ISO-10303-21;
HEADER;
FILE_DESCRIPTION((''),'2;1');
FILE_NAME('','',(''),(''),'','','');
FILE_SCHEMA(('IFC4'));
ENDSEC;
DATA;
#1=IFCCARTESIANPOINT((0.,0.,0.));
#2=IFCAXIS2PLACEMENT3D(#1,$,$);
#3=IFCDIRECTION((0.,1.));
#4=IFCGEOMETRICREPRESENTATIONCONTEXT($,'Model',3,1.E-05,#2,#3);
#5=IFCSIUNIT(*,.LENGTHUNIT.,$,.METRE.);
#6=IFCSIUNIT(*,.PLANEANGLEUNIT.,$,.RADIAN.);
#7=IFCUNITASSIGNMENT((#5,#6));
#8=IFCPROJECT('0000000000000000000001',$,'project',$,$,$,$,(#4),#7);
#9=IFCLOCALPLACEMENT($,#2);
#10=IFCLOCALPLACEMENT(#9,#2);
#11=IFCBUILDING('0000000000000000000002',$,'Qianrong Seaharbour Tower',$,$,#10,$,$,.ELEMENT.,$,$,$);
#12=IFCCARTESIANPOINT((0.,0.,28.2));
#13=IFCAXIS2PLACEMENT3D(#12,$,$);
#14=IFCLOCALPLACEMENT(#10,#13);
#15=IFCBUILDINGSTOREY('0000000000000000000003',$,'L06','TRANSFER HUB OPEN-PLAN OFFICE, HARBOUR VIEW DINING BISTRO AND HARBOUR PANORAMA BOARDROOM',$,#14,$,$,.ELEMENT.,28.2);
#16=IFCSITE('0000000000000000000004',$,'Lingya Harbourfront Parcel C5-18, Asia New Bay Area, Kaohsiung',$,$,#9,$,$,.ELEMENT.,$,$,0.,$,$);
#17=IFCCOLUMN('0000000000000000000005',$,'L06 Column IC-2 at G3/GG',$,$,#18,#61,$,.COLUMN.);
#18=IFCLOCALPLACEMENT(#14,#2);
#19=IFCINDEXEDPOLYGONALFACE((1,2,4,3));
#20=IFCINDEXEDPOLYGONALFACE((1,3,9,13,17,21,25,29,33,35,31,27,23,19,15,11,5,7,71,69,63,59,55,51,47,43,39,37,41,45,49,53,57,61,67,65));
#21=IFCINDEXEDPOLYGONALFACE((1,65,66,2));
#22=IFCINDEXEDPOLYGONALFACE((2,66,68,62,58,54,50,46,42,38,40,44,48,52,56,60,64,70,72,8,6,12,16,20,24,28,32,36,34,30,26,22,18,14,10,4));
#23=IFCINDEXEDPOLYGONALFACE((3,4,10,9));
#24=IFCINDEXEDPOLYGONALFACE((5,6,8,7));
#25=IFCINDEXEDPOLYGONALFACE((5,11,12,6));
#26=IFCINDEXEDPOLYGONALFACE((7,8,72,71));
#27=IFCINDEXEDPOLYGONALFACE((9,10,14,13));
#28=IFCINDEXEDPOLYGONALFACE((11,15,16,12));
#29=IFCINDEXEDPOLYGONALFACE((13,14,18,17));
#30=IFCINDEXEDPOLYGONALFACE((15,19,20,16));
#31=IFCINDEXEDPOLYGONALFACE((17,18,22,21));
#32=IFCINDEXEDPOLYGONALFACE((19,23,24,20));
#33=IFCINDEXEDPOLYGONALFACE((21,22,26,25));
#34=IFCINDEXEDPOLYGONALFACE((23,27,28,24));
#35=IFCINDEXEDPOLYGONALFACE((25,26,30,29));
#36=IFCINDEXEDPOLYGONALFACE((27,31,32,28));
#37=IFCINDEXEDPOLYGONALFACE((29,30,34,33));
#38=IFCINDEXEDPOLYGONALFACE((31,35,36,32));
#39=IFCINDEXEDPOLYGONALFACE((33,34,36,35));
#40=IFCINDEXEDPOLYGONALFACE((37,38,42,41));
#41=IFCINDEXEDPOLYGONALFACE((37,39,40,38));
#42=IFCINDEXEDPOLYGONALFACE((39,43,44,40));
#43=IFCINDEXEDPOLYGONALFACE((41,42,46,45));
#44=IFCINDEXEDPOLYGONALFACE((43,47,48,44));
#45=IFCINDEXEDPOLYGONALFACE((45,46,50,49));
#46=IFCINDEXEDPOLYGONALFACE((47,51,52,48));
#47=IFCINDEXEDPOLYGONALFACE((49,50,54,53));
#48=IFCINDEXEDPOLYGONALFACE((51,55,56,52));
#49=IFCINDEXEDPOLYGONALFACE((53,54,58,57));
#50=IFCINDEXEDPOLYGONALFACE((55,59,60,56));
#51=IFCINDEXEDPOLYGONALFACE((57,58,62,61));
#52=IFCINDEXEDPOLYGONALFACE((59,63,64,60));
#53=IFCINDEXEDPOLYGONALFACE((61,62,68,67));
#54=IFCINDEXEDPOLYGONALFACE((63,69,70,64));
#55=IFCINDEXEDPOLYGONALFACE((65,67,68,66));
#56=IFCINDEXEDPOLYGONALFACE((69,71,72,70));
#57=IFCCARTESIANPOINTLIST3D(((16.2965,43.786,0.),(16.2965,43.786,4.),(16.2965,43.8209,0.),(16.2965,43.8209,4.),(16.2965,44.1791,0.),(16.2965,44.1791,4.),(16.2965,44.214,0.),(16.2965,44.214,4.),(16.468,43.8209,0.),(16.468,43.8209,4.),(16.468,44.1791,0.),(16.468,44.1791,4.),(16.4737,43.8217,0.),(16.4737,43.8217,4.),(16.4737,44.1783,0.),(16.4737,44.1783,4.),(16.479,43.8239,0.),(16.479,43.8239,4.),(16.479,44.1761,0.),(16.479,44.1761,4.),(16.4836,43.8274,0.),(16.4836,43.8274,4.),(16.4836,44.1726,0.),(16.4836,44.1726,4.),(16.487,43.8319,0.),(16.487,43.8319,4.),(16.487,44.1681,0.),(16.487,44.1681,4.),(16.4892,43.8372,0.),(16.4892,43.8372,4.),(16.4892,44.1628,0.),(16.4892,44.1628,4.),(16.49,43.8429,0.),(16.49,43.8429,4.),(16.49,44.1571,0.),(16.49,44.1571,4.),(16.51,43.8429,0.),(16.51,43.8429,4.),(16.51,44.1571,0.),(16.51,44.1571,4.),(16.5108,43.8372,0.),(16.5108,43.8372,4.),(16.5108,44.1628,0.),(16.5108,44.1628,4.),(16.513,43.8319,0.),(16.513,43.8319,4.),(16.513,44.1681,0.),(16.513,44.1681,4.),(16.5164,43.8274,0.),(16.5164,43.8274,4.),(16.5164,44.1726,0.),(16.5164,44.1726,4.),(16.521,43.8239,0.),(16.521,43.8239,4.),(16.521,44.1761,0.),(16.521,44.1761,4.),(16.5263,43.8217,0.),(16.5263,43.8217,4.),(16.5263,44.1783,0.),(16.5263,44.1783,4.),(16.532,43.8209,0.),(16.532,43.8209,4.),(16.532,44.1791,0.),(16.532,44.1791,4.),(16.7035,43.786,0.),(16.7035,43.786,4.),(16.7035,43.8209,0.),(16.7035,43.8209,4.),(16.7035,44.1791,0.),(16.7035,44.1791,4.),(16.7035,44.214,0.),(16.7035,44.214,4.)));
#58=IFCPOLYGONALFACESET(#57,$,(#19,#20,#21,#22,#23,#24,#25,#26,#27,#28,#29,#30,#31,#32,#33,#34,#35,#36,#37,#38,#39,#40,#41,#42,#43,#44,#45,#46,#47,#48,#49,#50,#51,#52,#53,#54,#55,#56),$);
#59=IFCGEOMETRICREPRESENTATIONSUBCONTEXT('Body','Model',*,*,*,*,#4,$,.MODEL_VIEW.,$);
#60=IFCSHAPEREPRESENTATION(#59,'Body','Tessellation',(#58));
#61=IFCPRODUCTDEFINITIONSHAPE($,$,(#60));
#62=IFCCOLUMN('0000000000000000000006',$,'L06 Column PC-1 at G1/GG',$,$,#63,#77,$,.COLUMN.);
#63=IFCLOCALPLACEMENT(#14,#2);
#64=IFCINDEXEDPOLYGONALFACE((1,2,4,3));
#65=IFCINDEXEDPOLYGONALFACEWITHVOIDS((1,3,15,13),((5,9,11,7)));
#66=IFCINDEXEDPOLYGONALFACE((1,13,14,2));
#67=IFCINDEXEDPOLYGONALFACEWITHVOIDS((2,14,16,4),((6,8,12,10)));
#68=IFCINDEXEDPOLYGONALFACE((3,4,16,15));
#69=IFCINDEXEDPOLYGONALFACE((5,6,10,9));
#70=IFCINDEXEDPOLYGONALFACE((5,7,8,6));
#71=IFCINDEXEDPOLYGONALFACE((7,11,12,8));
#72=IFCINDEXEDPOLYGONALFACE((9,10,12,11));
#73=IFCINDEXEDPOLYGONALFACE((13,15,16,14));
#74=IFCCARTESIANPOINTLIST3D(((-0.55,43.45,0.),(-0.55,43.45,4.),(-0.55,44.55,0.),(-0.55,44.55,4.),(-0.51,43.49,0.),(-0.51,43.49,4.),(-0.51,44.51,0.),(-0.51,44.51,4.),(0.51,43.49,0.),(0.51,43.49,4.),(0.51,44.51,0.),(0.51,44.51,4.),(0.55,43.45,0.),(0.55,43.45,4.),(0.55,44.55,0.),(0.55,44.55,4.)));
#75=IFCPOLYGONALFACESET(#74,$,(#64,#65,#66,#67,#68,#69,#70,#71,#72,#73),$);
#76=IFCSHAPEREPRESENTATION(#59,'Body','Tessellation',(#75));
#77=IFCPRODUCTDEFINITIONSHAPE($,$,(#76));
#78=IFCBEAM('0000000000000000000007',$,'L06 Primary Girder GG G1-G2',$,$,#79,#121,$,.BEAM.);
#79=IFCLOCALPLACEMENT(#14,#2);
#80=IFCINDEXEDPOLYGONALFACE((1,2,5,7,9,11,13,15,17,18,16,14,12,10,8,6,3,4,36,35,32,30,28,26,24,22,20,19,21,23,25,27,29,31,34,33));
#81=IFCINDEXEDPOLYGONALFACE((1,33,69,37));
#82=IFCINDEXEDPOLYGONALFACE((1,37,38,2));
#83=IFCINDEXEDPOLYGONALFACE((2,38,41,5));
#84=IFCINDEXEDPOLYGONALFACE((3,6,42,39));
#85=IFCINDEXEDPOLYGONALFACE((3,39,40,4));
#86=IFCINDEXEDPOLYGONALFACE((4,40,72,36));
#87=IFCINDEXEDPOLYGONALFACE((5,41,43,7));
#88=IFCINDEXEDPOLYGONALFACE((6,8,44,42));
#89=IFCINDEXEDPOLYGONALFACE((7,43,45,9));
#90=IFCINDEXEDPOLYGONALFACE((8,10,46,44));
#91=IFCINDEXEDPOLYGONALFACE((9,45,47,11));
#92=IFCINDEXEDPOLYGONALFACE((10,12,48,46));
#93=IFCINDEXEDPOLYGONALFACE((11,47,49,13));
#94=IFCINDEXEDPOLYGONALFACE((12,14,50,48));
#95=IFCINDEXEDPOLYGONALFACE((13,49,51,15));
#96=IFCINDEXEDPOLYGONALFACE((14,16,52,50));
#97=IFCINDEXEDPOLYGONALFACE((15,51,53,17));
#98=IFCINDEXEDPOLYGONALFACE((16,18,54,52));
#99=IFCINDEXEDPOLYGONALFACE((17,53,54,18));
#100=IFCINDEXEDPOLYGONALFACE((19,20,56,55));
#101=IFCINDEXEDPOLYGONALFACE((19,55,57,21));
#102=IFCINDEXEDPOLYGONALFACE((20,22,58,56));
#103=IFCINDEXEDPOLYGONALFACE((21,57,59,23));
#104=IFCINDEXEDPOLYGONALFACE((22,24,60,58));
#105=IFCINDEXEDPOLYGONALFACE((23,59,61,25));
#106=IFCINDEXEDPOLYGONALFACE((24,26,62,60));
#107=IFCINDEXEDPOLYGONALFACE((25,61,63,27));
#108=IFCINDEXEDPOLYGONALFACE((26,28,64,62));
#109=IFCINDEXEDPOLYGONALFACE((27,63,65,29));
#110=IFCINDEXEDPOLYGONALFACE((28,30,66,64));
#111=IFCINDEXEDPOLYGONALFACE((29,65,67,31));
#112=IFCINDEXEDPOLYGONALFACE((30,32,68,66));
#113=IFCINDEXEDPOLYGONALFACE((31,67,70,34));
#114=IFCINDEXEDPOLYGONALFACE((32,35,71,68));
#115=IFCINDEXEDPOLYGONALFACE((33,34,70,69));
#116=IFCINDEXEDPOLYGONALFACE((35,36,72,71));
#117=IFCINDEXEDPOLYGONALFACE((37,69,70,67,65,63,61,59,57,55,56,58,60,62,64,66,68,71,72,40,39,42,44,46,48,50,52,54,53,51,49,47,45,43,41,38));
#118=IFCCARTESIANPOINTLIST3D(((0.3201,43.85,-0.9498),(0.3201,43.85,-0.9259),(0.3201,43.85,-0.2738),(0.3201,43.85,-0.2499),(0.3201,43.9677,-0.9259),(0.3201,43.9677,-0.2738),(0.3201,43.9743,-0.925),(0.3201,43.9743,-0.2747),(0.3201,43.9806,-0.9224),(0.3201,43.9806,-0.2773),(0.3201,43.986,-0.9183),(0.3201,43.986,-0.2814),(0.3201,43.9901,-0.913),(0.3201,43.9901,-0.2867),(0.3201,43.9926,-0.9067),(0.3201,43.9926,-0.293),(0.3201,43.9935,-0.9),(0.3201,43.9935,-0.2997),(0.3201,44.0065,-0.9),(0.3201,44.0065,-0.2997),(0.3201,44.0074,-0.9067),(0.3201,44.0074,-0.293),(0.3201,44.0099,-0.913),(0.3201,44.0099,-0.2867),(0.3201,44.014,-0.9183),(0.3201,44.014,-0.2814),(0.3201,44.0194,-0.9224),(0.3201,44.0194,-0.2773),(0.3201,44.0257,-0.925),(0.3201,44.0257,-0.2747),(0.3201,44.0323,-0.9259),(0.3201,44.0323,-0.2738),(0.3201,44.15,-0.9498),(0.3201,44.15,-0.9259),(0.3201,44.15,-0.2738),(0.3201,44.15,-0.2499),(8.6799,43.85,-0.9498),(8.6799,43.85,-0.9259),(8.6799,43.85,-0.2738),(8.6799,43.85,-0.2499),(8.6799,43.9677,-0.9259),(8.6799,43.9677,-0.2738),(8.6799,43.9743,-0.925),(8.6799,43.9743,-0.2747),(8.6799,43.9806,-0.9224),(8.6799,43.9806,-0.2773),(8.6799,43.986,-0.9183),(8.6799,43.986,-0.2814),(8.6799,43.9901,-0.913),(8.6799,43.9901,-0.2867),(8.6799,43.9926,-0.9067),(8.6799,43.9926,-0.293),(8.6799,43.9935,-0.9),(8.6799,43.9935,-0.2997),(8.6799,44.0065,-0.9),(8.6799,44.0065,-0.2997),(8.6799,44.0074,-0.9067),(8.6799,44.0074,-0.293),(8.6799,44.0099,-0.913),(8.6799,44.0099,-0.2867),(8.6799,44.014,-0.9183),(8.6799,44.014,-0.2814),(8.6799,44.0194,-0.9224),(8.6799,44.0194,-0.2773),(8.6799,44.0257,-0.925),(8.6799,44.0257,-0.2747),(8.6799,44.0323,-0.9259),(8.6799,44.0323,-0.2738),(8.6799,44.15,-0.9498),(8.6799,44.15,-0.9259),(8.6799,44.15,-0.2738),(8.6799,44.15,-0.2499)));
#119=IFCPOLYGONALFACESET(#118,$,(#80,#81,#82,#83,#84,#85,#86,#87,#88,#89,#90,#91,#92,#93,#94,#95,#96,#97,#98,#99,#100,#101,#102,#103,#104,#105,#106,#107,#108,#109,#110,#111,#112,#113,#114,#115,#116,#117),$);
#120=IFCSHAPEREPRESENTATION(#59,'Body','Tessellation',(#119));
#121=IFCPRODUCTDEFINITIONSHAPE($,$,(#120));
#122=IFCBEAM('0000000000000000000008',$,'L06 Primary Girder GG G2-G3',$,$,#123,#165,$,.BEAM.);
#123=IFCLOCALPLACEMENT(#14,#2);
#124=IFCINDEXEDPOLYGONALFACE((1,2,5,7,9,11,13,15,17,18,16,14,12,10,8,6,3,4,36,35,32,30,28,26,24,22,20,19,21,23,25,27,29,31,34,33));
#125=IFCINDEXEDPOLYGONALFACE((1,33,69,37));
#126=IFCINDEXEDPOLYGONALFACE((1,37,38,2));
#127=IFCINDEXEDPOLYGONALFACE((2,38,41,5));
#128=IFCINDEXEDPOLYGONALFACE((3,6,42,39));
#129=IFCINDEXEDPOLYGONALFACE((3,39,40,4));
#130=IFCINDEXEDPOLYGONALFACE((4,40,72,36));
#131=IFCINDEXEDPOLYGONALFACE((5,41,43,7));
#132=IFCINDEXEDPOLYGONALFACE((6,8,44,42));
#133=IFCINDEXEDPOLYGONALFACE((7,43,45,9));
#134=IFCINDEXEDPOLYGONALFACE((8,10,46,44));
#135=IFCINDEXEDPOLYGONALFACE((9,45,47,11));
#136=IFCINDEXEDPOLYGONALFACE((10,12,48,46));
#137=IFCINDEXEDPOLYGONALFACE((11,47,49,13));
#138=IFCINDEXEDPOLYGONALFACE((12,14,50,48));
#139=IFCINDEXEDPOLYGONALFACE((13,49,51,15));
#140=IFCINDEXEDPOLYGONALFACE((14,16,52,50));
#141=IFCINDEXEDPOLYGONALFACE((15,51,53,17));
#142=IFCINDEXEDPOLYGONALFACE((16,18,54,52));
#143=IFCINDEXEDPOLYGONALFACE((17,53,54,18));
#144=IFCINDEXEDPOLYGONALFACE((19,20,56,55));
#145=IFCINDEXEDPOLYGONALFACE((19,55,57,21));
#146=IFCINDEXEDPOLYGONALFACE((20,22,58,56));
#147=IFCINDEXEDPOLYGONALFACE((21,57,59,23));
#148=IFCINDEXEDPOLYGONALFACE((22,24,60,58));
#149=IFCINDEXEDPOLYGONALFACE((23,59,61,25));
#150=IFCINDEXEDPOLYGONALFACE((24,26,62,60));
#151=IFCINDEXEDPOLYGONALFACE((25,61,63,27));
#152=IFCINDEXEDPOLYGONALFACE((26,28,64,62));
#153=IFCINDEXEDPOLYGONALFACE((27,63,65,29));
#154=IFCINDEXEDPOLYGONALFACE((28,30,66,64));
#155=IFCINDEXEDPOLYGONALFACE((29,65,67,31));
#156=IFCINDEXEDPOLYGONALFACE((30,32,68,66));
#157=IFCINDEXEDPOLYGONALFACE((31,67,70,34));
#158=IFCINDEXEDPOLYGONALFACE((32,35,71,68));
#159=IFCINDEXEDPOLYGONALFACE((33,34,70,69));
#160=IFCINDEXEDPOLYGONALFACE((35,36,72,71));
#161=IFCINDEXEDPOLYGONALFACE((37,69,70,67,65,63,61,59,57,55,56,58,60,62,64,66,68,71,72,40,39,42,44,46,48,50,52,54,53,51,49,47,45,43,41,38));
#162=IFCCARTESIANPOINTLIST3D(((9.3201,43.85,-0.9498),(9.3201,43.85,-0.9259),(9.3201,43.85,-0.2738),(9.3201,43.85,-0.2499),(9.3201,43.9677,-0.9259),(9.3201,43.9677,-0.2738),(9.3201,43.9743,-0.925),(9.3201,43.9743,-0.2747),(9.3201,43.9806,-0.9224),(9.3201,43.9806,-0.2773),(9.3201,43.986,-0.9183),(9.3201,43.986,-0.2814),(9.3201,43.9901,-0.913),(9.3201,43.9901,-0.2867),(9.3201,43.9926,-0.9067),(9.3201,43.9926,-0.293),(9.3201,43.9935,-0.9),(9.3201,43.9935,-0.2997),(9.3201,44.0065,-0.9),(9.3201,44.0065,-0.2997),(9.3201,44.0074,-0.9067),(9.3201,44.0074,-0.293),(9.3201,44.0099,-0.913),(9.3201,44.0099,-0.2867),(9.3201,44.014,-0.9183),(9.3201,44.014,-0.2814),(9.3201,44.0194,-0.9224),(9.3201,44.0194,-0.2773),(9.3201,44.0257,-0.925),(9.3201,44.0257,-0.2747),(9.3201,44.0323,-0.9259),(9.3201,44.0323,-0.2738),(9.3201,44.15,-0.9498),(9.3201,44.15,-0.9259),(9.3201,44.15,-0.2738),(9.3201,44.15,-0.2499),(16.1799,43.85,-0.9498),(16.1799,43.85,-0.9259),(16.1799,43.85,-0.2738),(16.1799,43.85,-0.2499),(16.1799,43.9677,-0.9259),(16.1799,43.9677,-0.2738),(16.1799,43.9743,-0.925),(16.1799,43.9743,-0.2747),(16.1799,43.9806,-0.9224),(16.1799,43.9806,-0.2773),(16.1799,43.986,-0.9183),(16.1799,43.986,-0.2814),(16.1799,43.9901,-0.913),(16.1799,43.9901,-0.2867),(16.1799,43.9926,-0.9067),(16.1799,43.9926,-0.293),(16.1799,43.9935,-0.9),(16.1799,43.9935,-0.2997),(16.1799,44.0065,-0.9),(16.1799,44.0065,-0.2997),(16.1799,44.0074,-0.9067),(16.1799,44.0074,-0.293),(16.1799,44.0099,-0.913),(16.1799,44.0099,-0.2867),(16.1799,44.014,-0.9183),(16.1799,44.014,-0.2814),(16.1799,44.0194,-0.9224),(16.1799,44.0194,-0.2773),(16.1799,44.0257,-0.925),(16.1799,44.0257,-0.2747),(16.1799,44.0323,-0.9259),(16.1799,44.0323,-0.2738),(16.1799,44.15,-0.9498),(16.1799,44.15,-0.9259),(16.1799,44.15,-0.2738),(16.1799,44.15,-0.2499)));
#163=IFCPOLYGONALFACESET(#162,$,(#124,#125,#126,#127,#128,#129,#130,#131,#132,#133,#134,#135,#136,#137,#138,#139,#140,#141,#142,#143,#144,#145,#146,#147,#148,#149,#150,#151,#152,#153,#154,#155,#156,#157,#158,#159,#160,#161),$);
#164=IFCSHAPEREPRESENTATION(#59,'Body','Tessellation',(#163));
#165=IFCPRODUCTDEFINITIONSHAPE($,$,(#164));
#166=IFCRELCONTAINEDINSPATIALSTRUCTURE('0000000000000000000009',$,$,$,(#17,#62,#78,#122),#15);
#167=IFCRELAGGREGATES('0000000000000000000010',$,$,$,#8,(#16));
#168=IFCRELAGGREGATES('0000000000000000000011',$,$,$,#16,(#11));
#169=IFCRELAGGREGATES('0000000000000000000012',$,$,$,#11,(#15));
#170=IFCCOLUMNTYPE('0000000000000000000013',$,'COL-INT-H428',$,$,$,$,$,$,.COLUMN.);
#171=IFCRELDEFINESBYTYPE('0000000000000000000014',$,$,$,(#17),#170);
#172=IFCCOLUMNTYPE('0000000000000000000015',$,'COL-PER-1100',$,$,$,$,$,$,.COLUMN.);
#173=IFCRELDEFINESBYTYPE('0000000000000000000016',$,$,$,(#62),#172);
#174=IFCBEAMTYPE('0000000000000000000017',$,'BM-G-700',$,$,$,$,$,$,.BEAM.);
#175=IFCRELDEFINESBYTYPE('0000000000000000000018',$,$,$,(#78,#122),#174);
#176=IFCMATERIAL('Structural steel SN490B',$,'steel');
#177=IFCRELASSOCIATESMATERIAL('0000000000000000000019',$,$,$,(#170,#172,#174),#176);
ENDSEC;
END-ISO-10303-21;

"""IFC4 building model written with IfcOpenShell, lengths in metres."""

from ifc_helpers import new_model, si_unit, direction, frame, origin, origin_2d, place, context, subcontext, project, spatial, hollow_rectangle, i_section, extrude, material, material_profile, profile_set, type_object, element, save


model = new_model("IFC4")

# Units and contexts
model_context = context("Model", 3, precision=1e-05, world=origin(), true_north=direction((0.0, 1.0)))
body_context = subcontext(model_context, "Body", "Model", "MODEL_VIEW")
ifc_project = project(units=[si_unit("LENGTHUNIT", "METRE"), si_unit("PLANEANGLEUNIT", "RADIAN")], contexts=[model_context])

# Site, building, storey
site_placement = place(None, origin())
site = spatial("IfcSite", under=ifc_project, at=site_placement, Name="Lingya Harbourfront Parcel C5-18, Asia New Bay Area, Kaohsiung", CompositionType="ELEMENT", RefElevation=0.0)
building_placement = place(site_placement, origin())
building = spatial("IfcBuilding", under=site, at=building_placement, Name="Qianrong Seaharbour Tower", CompositionType="ELEMENT")
storey_placement = place(building_placement, frame((0.0, 0.0, 28.2)))
storey = spatial("IfcBuildingStorey", under=building, at=storey_placement, Name="L06", Description="TRANSFER HUB OPEN-PLAN OFFICE, HARBOUR VIEW DINING BISTRO AND HARBOUR PANORAMA BOARDROOM", CompositionType="ELEMENT", Elevation=28.2)

# Columns
ifc_material_1 = material(Name="Structural steel SN490B", Category="steel")
ifc_material_profile_1 = material_profile(ifc_material_1, i_section(OverallWidth=0.407, OverallDepth=0.428, WebThickness=0.02, FlangeThickness=0.0349, FilletRadius=0.022, at=origin_2d()), Name="H428x407x20x35")
ifc_profile_set_1 = profile_set([ifc_material_profile_1], Name="Structural steel SN490B")
column_type_1 = type_object("IfcColumnType", Name="COL-INT-H428", PredefinedType="COLUMN", material=ifc_profile_set_1)
for number, where, z_axis, x_axis, name in (
    (1, (16.5, 44.0, 0.0), (0.0, 0.0, 1.0), (1.0, 0.0, 0.0), "L06 Column IC-2 at G3/GG"),
):
    element("IfcColumn", number, at=place(storey_placement, frame(where, z_axis=z_axis, x_axis=x_axis)), inside=storey, type_object=column_type_1, Name=name, PredefinedType="COLUMN", context=body_context, shape_type="SweptSolid", body=[
        extrude(i_section(OverallWidth=0.407, OverallDepth=0.428, WebThickness=0.02, FlangeThickness=0.0349, FilletRadius=0.022, at=origin_2d()), origin(), (0.0, 0.0, 1.0), 4.0),
    ])
ifc_material_profile_2 = material_profile(ifc_material_1, hollow_rectangle(XDim=1.1001, YDim=1.1001, WallThickness=0.04, at=origin_2d()), Name="BOX1100x1100x40")
ifc_profile_set_2 = profile_set([ifc_material_profile_2], Name="Structural steel SN490B")
column_type_2 = type_object("IfcColumnType", Name="COL-PER-1100", PredefinedType="COLUMN", material=ifc_profile_set_2)
column_1_placement = place(storey_placement, frame((0.0, 44.0, 0.0), z_axis=(0.0, 0.0, 1.0), x_axis=(1.0, 0.0, 0.0)))
element("IfcColumn", 2, at=column_1_placement, inside=storey, type_object=column_type_2, Name="L06 Column PC-1 at G1/GG", PredefinedType="COLUMN", context=body_context, shape_type="SweptSolid", body=[
    extrude(hollow_rectangle(XDim=1.1001, YDim=1.1001, WallThickness=0.04, at=origin_2d()), origin(), (0.0, 0.0, 1.0), 4.0),
])

# Beams
ifc_material_profile_3 = material_profile(ifc_material_1, i_section(OverallWidth=0.3, OverallDepth=0.7, WebThickness=0.0129, FlangeThickness=0.0239, FilletRadius=0.0259, at=origin_2d()), Name="H700x300x13x24")
ifc_profile_set_3 = profile_set([ifc_material_profile_3], Name="Structural steel SN490B")
beam_type_1 = type_object("IfcBeamType", Name="BM-G-700", PredefinedType="BEAM", material=ifc_profile_set_3)
beam_1_placement = place(storey_placement, frame((0.3201, 44.0, -0.5999), z_axis=(1.0, 0.0, 0.0), x_axis=(0.0, 1.0, 0.0)))
element("IfcBeam", 3, at=beam_1_placement, inside=storey, type_object=beam_type_1, Name="L06 Primary Girder GG G1-G2", PredefinedType="BEAM", context=body_context, shape_type="SweptSolid", body=[
    extrude(i_section(OverallWidth=0.3, OverallDepth=0.7, WebThickness=0.0129, FlangeThickness=0.0239, FilletRadius=0.0259, at=origin_2d()), origin(), (0.0, 0.0, 1.0), 8.3599),
])
beam_2_placement = place(storey_placement, frame((9.3201, 44.0, -0.5999), z_axis=(1.0, 0.0, 0.0), x_axis=(0.0, 1.0, 0.0)))
element("IfcBeam", 4, at=beam_2_placement, inside=storey, type_object=beam_type_1, Name="L06 Primary Girder GG G2-G3", PredefinedType="BEAM", context=body_context, shape_type="SweptSolid", body=[
    extrude(i_section(OverallWidth=0.3, OverallDepth=0.7, WebThickness=0.0129, FlangeThickness=0.0239, FilletRadius=0.0259, at=origin_2d()), origin(), (0.0, 0.0, 1.0), 6.8599),
])

save(model, "model.ifc")
